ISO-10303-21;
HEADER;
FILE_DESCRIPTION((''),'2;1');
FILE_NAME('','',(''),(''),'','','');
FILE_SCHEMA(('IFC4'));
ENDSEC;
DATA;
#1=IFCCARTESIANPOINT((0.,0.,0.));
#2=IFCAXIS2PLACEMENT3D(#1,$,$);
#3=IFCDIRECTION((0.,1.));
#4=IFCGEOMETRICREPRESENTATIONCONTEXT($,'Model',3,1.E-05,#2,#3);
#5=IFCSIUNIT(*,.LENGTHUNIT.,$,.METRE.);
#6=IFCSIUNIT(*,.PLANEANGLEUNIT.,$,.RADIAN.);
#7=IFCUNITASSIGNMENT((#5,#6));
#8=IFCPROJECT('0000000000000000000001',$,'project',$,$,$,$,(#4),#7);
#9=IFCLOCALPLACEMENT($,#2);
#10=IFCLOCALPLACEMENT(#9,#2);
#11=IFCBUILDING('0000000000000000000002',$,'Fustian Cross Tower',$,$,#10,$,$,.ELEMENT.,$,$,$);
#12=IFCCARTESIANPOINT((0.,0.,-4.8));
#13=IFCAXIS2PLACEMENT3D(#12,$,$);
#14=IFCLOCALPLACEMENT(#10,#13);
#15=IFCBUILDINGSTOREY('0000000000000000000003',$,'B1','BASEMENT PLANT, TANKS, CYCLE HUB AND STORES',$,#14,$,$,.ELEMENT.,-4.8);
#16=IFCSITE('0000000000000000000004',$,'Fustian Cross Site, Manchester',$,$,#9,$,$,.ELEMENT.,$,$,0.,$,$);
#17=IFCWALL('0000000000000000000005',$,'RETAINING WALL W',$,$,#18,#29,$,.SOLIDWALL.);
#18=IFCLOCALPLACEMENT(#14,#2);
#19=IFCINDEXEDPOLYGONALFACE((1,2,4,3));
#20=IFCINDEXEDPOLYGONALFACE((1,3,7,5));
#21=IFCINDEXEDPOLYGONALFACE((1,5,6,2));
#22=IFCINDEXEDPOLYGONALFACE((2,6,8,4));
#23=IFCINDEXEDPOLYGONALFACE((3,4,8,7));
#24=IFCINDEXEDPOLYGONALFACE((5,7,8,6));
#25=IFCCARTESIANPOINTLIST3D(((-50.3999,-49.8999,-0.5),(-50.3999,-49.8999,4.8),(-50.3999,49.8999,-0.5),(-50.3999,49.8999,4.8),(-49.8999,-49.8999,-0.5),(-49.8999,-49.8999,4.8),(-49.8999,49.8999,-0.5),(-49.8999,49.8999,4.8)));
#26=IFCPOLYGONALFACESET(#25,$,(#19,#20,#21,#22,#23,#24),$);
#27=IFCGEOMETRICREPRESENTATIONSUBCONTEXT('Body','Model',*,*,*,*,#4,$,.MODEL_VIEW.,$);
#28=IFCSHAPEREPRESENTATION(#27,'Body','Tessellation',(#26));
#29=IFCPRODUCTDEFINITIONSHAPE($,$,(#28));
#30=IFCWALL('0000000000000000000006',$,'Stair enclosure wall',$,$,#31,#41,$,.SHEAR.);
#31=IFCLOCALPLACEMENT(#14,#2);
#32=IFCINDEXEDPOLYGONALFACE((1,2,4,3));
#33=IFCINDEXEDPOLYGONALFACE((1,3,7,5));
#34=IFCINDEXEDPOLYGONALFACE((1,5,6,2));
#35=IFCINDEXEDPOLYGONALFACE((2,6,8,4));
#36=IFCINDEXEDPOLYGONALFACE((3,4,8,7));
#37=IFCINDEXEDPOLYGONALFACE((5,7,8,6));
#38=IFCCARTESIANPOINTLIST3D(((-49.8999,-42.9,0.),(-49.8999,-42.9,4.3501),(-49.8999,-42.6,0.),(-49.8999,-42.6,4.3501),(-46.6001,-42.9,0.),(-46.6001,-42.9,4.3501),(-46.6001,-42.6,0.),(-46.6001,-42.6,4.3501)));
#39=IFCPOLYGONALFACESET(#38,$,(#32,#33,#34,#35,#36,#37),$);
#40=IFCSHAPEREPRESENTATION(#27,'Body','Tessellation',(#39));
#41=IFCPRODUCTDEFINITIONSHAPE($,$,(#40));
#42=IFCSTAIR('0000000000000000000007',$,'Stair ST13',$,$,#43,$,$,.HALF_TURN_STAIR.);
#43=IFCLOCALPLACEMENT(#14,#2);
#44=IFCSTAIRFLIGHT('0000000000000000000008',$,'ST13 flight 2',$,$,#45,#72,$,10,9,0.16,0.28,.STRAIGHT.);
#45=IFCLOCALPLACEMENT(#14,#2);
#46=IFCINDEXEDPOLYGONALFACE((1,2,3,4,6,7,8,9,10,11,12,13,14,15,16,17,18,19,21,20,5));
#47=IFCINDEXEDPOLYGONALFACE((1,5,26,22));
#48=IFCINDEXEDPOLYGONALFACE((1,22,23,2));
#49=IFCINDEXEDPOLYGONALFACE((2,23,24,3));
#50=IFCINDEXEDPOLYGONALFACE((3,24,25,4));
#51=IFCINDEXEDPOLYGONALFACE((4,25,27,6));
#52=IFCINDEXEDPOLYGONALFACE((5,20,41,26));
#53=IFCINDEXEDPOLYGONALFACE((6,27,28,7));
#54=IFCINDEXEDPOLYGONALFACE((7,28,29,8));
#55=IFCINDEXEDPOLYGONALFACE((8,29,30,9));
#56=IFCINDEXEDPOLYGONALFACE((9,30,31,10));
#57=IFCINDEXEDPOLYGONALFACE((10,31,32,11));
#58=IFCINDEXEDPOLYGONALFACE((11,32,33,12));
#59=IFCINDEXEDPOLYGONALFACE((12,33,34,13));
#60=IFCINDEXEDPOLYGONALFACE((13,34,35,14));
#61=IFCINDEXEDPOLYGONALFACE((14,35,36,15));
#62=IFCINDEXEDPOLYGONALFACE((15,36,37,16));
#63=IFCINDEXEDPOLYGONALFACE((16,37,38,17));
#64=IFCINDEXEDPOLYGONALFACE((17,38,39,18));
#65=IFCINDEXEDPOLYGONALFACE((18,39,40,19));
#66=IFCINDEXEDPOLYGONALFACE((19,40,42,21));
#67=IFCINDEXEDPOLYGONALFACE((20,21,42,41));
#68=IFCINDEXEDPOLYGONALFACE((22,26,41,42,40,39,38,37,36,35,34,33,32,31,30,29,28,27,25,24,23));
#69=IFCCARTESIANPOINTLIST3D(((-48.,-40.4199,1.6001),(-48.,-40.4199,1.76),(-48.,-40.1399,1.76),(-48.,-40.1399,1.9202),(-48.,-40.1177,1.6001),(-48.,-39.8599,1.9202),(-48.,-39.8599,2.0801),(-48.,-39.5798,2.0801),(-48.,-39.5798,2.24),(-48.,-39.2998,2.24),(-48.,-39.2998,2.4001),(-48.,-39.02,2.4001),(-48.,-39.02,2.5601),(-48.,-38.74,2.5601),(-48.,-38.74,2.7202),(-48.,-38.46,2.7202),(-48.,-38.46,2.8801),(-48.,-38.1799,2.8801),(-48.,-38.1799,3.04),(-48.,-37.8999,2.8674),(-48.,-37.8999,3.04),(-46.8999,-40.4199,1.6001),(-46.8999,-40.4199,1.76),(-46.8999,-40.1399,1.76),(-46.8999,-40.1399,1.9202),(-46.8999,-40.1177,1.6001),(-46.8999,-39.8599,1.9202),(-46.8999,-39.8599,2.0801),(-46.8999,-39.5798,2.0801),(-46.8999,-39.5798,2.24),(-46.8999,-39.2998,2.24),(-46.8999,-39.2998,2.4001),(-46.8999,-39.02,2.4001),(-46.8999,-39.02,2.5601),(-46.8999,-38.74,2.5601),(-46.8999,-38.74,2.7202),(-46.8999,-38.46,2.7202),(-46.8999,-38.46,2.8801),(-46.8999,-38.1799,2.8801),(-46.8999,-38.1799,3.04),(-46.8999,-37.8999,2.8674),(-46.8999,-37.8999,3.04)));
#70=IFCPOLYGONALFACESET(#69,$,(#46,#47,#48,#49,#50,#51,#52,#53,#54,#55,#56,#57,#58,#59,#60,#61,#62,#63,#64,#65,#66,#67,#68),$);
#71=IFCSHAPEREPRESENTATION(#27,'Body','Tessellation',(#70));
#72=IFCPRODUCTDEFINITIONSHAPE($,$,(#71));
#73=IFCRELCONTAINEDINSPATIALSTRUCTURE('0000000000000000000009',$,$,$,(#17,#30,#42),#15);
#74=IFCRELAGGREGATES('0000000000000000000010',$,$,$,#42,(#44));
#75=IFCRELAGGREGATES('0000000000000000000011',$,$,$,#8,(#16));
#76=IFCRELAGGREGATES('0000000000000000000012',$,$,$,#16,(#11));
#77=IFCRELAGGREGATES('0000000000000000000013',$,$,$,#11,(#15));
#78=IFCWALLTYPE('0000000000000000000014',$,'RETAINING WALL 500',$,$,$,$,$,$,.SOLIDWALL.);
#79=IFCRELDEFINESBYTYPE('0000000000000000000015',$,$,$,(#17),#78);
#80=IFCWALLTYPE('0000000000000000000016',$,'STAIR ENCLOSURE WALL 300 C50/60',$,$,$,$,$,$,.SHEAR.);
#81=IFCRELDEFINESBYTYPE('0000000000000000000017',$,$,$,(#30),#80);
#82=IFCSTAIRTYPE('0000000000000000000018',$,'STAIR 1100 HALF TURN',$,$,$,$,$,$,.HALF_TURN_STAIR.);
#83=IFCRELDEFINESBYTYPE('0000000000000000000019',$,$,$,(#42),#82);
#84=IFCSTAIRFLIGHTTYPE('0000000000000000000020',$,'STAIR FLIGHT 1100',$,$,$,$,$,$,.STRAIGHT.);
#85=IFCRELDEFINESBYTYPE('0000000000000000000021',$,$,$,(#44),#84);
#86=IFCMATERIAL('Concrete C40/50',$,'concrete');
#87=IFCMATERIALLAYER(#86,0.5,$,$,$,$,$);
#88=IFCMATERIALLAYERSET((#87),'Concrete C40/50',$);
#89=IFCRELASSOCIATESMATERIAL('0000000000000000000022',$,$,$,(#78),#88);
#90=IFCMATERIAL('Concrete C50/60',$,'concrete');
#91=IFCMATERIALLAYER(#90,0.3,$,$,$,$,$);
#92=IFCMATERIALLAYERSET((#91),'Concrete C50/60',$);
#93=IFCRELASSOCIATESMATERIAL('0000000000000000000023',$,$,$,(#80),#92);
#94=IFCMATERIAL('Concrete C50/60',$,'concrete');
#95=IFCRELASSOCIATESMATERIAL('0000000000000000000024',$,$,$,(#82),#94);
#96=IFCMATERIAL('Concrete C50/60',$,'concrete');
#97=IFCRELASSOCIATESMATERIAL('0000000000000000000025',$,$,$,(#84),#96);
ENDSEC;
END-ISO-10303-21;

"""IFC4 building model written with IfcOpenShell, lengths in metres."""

from ifc_helpers import new_model, si_unit, direction, frame, frame_2d, origin, place, context, subcontext, project, spatial, polyline, rectangle, outline, extrude, material, layer, layer_set, type_object, element, aggregate, save


model = new_model("IFC4")

# Units and contexts
model_context = context("Model", 3, precision=1e-05, world=origin(), true_north=direction((0.0, 1.0)))
body_context = subcontext(model_context, "Body", "Model", "MODEL_VIEW")
ifc_project = project(units=[si_unit("LENGTHUNIT", "METRE"), si_unit("PLANEANGLEUNIT", "RADIAN")], contexts=[model_context])

# Site, building, storey
site_placement = place(None, origin())
site = spatial("IfcSite", under=ifc_project, at=site_placement, Name="Fustian Cross Site, Manchester", CompositionType="ELEMENT", RefElevation=0.0)
building_placement = place(site_placement, origin())
building = spatial("IfcBuilding", under=site, at=building_placement, Name="Fustian Cross Tower", CompositionType="ELEMENT")
storey_placement = place(building_placement, frame((0.0, 0.0, -4.8)))
storey = spatial("IfcBuildingStorey", under=building, at=storey_placement, Name="B1", Description="BASEMENT PLANT, TANKS, CYCLE HUB AND STORES", CompositionType="ELEMENT", Elevation=-4.8)

# Walls
ifc_material_1 = material(Name="Concrete C40/50", Category="concrete")
ifc_layer_1 = layer(ifc_material_1, 0.5)
ifc_layer_set_1 = layer_set([ifc_layer_1], Name="Concrete C40/50")
wall_type_1 = type_object("IfcWallType", Name="RETAINING WALL 500", PredefinedType="SOLIDWALL", material=ifc_layer_set_1)
wall_1_placement = place(storey_placement, frame((-50.1499, -49.8999, -0.5), z_axis=(0.0, 0.0, 1.0), x_axis=(0.0, 1.0, 0.0)))
element("IfcWall", 1, at=wall_1_placement, inside=storey, type_object=wall_type_1, Name="RETAINING WALL W", PredefinedType="SOLIDWALL", context=body_context, shape_type="SweptSolid", body=[
    extrude(rectangle(XDim=99.7998, YDim=0.5, at=frame_2d((49.8999, 0.0))), origin(), (0.0, 0.0, 1.0), 5.3),
])
ifc_material_2 = material(Name="Concrete C50/60", Category="concrete")
ifc_layer_2 = layer(ifc_material_2, 0.3)
ifc_layer_set_2 = layer_set([ifc_layer_2], Name="Concrete C50/60")
wall_type_2 = type_object("IfcWallType", Name="STAIR ENCLOSURE WALL 300 C50/60", PredefinedType="SHEAR", material=ifc_layer_set_2)
wall_2_placement = place(storey_placement, frame((-49.8999, -42.75, 0.0), z_axis=(0.0, 0.0, 1.0), x_axis=(1.0, 0.0, 0.0)))
element("IfcWall", 2, at=wall_2_placement, inside=storey, type_object=wall_type_2, Name="Stair enclosure wall", PredefinedType="SHEAR", context=body_context, shape_type="SweptSolid", body=[
    extrude(rectangle(XDim=3.2998, YDim=0.3, at=frame_2d((1.6499, 0.0))), origin(), (0.0, 0.0, 1.0), 4.3501),
])

# Stair, stair flight
ifc_material_3 = material(Name="Concrete C50/60", Category="concrete")
stair_type = type_object("IfcStairType", Name="STAIR 1100 HALF TURN", PredefinedType="HALF_TURN_STAIR", material=ifc_material_3)
stair_placement = place(storey_placement, origin())
stair = element("IfcStair", 3, at=stair_placement, inside=storey, type_object=stair_type, Name="Stair ST13", PredefinedType="HALF_TURN_STAIR")
ifc_material_4 = material(Name="Concrete C50/60", Category="concrete")
stair_flight_type = type_object("IfcStairFlightType", Name="STAIR FLIGHT 1100", PredefinedType="STRAIGHT", material=ifc_material_4)
stair_flight_placement = place(storey_placement, frame((-47.45, -40.4199, 1.6001), z_axis=(0.0, 0.0, 1.0), x_axis=(0.0, 1.0, 0.0)))
stair_flight = element("IfcStairFlight", 4, at=stair_flight_placement, type_object=stair_flight_type, Name="ST13 flight 2", NumberOfRisers=10, NumberOfTreads=9, PredefinedType="STRAIGHT", RiserHeight=0.16, TreadLength=0.28, context=body_context, shape_type="SweptSolid", body=[
    extrude(outline(polyline([(0.0, 0.0), (0.0, 0.1599), (0.28, 0.1599), (0.28, 0.3201), (0.5601, 0.3201), (0.5601, 0.48), (0.8401, 0.48), (0.8401, 0.6399), (1.1201, 0.6399), (1.1201, 0.8), (1.3999, 0.8), (1.3999, 0.96), (1.6799, 0.96), (1.6799, 1.1201), (1.96, 1.1201), (1.96, 1.28), (2.24, 1.28), (2.24, 1.4399), (2.52, 1.4399), (2.52, 1.6001), (2.52, 1.2673), (0.3022, 0.0), (0.0, 0.0)])), frame((0.0, 0.55, 0.0), z_axis=(0.0, -1.0, 0.0), x_axis=(1.0, 0.0, 0.0)), (0.0, 0.0, 1.0), 1.1001),
])
aggregate(stair, [stair_flight])

save(model, "model.ifc")
